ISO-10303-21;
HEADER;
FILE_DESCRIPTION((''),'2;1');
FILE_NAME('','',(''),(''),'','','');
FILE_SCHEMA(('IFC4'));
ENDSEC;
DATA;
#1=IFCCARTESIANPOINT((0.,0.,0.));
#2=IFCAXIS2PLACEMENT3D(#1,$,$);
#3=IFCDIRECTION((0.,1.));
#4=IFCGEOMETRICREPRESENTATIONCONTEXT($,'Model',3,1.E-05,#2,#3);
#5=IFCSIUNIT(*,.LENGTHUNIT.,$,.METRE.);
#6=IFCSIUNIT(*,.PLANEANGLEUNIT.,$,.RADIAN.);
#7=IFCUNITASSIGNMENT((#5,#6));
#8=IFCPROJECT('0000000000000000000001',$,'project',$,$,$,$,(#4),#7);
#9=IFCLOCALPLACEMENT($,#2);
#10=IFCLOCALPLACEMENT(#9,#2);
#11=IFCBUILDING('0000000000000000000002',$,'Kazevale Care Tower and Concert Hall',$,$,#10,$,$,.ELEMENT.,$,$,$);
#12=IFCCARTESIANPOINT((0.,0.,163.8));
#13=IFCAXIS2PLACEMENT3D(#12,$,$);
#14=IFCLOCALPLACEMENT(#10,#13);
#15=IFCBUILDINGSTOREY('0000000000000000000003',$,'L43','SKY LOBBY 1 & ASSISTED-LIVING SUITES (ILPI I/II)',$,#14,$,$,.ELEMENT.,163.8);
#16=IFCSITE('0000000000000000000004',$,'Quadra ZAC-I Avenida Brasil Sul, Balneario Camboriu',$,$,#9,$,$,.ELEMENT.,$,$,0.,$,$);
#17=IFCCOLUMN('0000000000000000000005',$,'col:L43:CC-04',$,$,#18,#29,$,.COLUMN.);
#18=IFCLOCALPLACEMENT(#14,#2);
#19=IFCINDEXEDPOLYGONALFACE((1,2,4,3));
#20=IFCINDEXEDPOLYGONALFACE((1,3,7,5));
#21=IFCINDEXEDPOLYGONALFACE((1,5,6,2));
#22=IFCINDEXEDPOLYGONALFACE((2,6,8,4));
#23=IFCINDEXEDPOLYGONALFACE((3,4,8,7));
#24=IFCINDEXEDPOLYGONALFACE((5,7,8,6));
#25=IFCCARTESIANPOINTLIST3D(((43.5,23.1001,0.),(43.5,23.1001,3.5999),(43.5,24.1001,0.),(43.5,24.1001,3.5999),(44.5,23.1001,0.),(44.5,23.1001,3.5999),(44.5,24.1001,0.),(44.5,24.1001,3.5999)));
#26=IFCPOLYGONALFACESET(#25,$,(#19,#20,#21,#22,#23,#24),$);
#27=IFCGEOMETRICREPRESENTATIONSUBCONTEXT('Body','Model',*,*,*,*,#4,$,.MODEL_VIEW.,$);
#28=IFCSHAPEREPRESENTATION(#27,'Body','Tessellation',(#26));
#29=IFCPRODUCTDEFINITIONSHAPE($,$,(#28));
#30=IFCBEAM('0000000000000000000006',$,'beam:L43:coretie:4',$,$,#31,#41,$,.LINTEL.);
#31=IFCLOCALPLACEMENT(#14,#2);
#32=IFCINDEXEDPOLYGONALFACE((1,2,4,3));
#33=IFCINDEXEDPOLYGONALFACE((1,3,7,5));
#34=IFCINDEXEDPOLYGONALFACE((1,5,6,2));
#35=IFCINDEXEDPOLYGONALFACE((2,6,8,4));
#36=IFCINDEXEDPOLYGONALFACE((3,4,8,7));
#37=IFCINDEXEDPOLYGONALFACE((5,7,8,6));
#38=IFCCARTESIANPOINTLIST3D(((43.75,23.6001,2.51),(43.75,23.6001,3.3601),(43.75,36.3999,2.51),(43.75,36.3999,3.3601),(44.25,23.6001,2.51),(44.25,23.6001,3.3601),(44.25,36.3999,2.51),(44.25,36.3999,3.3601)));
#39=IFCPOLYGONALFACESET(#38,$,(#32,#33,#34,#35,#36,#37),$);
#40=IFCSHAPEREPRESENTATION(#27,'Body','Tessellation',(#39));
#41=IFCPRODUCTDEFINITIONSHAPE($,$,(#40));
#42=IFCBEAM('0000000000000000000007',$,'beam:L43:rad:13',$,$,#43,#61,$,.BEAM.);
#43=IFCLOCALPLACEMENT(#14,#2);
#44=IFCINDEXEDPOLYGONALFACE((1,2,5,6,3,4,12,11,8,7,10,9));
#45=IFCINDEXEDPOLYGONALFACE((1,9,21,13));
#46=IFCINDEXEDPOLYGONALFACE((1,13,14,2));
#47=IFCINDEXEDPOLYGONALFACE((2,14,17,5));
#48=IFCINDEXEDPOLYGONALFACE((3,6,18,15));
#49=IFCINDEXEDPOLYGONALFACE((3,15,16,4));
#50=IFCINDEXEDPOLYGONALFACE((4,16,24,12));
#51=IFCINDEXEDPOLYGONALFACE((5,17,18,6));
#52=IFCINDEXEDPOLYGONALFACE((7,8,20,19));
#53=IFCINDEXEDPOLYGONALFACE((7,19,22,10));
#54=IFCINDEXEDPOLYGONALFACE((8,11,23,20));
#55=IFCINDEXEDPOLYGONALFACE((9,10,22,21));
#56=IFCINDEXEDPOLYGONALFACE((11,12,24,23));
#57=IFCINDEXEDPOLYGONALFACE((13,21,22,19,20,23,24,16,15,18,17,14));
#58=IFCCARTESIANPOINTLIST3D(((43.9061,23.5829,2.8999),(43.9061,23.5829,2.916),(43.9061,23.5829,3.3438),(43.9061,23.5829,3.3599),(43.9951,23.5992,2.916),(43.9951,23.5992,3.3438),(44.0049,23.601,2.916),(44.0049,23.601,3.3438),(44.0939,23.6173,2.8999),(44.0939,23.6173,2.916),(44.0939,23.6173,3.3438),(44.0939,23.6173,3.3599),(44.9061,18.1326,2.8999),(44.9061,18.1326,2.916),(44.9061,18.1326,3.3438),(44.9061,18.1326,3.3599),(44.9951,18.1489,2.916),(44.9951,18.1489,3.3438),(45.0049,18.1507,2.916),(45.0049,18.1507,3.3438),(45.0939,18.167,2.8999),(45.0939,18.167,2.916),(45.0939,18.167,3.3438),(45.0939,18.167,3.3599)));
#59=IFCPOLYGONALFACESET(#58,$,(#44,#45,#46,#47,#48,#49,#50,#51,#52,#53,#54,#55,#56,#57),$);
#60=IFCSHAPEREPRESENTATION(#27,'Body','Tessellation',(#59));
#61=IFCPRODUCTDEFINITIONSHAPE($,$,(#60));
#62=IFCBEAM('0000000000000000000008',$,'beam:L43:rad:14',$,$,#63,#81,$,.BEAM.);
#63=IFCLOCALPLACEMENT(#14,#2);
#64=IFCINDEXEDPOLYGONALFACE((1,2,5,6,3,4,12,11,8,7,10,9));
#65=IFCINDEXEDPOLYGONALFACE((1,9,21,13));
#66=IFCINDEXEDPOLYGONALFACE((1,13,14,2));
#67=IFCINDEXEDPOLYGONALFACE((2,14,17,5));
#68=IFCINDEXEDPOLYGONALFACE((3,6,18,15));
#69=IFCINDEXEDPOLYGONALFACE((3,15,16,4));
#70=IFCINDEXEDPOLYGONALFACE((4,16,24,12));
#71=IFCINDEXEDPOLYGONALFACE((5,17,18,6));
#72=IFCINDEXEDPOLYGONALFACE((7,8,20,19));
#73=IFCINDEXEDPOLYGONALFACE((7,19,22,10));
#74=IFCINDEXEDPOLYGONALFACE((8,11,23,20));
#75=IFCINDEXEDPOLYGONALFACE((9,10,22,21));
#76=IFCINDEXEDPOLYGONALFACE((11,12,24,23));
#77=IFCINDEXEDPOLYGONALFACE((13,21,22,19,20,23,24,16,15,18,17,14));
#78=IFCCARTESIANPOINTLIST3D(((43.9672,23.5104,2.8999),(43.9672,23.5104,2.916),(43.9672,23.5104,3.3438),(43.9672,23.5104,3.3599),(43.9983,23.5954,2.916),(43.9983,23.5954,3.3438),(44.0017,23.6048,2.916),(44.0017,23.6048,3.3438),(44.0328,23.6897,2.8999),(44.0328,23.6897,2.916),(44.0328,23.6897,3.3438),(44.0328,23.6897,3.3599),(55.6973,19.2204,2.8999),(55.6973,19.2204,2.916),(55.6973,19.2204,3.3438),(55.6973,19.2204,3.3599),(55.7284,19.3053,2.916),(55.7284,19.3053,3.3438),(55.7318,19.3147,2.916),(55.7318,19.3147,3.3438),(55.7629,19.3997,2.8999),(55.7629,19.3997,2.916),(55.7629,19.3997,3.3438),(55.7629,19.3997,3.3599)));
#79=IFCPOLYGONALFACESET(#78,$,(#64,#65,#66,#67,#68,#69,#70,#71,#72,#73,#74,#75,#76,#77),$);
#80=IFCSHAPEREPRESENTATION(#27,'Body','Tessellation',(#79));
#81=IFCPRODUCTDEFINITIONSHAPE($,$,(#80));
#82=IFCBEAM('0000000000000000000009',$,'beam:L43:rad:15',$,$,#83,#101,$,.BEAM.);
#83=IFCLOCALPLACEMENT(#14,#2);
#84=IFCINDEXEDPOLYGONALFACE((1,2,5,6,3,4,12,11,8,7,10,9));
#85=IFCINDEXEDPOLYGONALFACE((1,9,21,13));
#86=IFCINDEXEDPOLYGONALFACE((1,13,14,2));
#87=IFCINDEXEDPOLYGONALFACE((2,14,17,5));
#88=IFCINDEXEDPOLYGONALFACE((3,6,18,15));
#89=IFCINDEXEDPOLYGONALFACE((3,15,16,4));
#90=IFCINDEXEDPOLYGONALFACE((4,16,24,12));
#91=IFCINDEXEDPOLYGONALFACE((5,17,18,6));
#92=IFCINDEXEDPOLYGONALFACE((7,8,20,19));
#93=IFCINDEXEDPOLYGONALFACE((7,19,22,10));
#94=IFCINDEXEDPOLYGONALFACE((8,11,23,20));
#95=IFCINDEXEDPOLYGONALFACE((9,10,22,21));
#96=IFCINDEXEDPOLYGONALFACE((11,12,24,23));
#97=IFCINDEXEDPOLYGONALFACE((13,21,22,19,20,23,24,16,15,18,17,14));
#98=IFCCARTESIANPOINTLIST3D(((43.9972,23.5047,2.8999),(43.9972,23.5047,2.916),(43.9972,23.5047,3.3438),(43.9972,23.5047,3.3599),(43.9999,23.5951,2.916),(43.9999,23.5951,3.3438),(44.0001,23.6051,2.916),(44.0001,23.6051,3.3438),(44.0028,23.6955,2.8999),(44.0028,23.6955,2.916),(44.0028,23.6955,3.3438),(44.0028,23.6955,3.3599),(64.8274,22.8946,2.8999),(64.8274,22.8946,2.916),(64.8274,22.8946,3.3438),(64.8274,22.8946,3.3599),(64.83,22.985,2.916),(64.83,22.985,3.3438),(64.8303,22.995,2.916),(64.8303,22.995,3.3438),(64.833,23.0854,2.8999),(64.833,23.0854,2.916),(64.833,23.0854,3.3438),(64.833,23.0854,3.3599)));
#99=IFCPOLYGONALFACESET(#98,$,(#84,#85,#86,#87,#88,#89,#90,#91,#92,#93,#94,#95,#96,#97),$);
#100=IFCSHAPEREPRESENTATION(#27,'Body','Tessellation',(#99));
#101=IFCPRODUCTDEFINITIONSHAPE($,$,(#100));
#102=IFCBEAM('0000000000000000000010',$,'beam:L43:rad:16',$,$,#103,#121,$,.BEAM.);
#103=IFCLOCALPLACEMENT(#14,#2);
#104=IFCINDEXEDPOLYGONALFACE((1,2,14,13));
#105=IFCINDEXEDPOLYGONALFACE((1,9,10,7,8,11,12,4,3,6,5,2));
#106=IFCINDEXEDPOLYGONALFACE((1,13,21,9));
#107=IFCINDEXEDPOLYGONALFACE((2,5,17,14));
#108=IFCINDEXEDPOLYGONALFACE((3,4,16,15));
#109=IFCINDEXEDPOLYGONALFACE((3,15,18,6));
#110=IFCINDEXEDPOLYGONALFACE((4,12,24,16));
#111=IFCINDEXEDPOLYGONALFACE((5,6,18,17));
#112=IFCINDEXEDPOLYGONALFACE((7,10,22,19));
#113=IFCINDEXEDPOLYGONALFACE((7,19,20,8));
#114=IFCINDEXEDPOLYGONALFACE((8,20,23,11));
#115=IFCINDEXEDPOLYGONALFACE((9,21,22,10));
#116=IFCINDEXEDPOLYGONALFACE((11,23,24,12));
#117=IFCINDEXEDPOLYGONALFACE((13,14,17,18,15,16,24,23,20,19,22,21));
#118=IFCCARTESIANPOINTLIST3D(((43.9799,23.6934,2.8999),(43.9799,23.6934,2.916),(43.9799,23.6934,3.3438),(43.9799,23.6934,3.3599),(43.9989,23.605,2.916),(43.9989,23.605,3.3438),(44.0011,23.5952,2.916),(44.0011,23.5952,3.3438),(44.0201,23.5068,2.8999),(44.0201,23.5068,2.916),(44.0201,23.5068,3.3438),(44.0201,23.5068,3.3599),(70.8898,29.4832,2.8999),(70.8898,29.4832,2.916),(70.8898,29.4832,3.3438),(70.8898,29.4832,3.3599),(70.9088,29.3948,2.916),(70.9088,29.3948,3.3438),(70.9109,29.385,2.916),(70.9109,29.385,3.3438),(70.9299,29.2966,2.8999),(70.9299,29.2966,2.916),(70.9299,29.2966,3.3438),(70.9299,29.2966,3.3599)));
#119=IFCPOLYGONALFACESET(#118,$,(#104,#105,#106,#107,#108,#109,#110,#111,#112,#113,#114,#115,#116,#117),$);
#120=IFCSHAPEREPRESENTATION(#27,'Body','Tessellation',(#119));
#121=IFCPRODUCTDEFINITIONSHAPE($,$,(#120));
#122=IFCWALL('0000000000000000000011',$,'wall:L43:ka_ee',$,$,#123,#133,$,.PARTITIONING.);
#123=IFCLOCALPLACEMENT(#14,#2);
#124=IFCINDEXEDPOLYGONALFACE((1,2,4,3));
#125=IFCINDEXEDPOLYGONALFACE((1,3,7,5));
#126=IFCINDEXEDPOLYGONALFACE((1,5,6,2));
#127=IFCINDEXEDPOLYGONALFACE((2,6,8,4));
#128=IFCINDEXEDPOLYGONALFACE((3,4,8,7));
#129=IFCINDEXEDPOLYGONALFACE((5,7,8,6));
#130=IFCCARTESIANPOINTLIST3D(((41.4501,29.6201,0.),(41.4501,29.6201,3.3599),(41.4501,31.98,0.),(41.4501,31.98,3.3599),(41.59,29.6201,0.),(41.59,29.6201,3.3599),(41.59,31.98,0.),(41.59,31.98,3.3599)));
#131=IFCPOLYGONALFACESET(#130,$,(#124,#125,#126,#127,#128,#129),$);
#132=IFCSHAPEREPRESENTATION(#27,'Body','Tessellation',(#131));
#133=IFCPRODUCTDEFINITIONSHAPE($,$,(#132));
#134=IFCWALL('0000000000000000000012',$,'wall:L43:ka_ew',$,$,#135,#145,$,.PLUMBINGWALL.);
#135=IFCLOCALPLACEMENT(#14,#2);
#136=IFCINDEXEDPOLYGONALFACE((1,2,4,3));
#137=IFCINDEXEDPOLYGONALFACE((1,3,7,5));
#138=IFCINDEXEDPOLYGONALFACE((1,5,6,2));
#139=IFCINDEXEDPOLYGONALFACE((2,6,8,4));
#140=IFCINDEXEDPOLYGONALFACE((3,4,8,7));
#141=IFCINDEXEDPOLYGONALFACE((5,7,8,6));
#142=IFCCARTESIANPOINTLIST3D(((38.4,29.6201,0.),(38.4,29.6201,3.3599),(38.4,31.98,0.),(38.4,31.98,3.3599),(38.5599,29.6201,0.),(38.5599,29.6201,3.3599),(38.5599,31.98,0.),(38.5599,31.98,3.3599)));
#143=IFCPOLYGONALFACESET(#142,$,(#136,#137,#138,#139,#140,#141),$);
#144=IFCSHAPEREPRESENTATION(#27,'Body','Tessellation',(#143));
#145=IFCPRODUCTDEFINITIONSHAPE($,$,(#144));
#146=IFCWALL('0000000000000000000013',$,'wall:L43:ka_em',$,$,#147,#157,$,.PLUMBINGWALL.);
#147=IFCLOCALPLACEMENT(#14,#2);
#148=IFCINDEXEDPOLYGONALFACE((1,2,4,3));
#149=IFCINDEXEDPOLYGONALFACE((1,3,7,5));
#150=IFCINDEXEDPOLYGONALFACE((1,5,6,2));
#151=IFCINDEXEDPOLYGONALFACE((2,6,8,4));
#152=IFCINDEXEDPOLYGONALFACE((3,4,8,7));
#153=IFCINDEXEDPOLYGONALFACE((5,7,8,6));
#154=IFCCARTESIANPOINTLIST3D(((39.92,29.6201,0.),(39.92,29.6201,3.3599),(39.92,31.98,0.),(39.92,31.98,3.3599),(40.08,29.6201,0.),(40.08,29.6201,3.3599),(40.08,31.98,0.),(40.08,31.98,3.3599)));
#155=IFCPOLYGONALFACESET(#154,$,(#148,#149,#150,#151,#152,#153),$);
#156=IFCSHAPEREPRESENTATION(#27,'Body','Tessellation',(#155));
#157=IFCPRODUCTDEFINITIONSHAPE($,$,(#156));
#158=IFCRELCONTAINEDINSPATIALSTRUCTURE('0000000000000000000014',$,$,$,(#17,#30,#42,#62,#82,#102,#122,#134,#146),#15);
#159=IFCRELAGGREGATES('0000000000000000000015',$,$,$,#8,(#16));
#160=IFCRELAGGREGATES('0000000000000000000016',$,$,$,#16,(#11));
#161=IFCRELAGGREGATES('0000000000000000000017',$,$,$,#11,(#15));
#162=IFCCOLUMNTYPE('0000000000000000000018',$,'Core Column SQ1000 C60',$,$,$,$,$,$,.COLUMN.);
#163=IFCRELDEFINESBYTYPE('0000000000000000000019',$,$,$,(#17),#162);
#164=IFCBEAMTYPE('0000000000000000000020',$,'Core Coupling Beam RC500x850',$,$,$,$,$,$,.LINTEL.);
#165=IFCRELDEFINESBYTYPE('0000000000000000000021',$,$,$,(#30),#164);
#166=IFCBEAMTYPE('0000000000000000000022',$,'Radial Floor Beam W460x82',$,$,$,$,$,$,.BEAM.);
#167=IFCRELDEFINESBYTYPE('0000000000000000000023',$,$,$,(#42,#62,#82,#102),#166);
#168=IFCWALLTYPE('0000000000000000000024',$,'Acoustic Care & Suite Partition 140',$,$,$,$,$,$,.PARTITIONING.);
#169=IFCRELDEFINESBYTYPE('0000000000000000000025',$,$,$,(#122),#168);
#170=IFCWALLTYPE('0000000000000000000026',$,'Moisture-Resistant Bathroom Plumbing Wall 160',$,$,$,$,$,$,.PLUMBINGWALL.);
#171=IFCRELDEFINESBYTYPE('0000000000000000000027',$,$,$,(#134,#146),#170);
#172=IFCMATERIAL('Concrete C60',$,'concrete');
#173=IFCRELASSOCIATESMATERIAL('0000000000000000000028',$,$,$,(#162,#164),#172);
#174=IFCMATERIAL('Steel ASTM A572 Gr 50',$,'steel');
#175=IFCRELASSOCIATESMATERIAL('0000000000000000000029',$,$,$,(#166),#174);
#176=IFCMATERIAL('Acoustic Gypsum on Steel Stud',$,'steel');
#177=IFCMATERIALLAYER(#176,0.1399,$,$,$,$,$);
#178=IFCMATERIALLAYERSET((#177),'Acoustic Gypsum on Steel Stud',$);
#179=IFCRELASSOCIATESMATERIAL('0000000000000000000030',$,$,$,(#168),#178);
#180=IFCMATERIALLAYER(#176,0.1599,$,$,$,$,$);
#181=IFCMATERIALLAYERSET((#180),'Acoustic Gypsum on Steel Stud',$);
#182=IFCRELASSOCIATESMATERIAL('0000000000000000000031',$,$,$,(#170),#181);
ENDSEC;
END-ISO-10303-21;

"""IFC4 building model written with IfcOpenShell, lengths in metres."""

from ifc_helpers import new_model, si_unit, direction, frame, frame_2d, origin, origin_2d, place, context, subcontext, project, spatial, rectangle, i_section, extrude, material, layer, layer_set, material_profile, profile_set, type_object, element, save


model = new_model("IFC4")

# Units and contexts
model_context = context("Model", 3, precision=1e-05, world=origin(), true_north=direction((0.0, 1.0)))
body_context = subcontext(model_context, "Body", "Model", "MODEL_VIEW")
ifc_project = project(units=[si_unit("LENGTHUNIT", "METRE"), si_unit("PLANEANGLEUNIT", "RADIAN")], contexts=[model_context])

# Site, building, storey
site_placement = place(None, origin())
site = spatial("IfcSite", under=ifc_project, at=site_placement, Name="Quadra ZAC-I Avenida Brasil Sul, Balneario Camboriu", CompositionType="ELEMENT", RefElevation=0.0)
building_placement = place(site_placement, origin())
building = spatial("IfcBuilding", under=site, at=building_placement, Name="Kazevale Care Tower and Concert Hall", CompositionType="ELEMENT")
storey_placement = place(building_placement, frame((0.0, 0.0, 163.8)))
storey = spatial("IfcBuildingStorey", under=building, at=storey_placement, Name="L43", Description="SKY LOBBY 1 & ASSISTED-LIVING SUITES (ILPI I/II)", CompositionType="ELEMENT", Elevation=163.8)

# Column
ifc_material_1 = material(Name="Concrete C60", Category="concrete")
ifc_material_profile_1 = material_profile(ifc_material_1, rectangle(XDim=1.0, YDim=1.0, at=origin_2d()), Name="RC-SQ1000")
ifc_profile_set_1 = profile_set([ifc_material_profile_1], Name="Concrete C60")
column_type = type_object("IfcColumnType", Name="Core Column SQ1000 C60", PredefinedType="COLUMN", material=ifc_profile_set_1)
column_placement = place(storey_placement, frame((44.0, 23.6001, 0.0), z_axis=(0.0, 0.0, 1.0), x_axis=(1.0, 0.0, 0.0)))
element("IfcColumn", 1, at=column_placement, inside=storey, type_object=column_type, Name="col:L43:CC-04", PredefinedType="COLUMN", context=body_context, shape_type="SweptSolid", body=[
    extrude(rectangle(XDim=1.0, YDim=1.0, at=origin_2d()), origin(), (0.0, 0.0, 1.0), 3.5999),
])

# Beams
ifc_material_profile_2 = material_profile(ifc_material_1, rectangle(XDim=0.5, YDim=0.8501, at=origin_2d()), Name="RC-B500x850")
ifc_profile_set_2 = profile_set([ifc_material_profile_2], Name="Concrete C60")
beam_type_1 = type_object("IfcBeamType", Name="Core Coupling Beam RC500x850", PredefinedType="LINTEL", material=ifc_profile_set_2)
beam_1_placement = place(storey_placement, frame((44.0, 23.6001, 2.9351), z_axis=(0.0, 1.0, 0.0), x_axis=(-1.0, 0.0, 0.0)))
element("IfcBeam", 2, at=beam_1_placement, inside=storey, type_object=beam_type_1, Name="beam:L43:coretie:4", PredefinedType="LINTEL", context=body_context, shape_type="SweptSolid", body=[
    extrude(rectangle(XDim=0.5, YDim=0.8501, at=origin_2d()), origin(), (0.0, 0.0, 1.0), 12.7998),
])
ifc_material_2 = material(Name="Steel ASTM A572 Gr 50", Category="steel")
ifc_material_profile_3 = material_profile(ifc_material_2, i_section(OverallWidth=0.1909, OverallDepth=0.46, WebThickness=0.01, FlangeThickness=0.0161, at=origin_2d()), Name="W460x82")
ifc_profile_set_3 = profile_set([ifc_material_profile_3], Name="Steel ASTM A572 Gr 50")
beam_type_2 = type_object("IfcBeamType", Name="Radial Floor Beam W460x82", PredefinedType="BEAM", material=ifc_profile_set_3)
beam_2_placement = place(storey_placement, frame((44.0, 23.6001, 3.1299), z_axis=(0.180467, -0.983581, 0.0), x_axis=(0.983581, 0.180467, 0.0)))
element("IfcBeam", 3, at=beam_2_placement, inside=storey, type_object=beam_type_2, Name="beam:L43:rad:13", PredefinedType="BEAM", context=body_context, shape_type="SweptSolid", body=[
    extrude(i_section(OverallWidth=0.1909, OverallDepth=0.46, WebThickness=0.01, FlangeThickness=0.0161, at=origin_2d()), origin(), (0.0, 0.0, 1.0), 5.5413),
])
beam_3_placement = place(storey_placement, frame((44.0, 23.6001, 3.1299), z_axis=(0.939159, -0.343481, 0.0), x_axis=(0.343481, 0.939159, 0.0)))
element("IfcBeam", 4, at=beam_3_placement, inside=storey, type_object=beam_type_2, Name="beam:L43:rad:14", PredefinedType="BEAM", context=body_context, shape_type="SweptSolid", body=[
    extrude(i_section(OverallWidth=0.1909, OverallDepth=0.46, WebThickness=0.01, FlangeThickness=0.0161, at=origin_2d()), origin(), (0.0, 0.0, 1.0), 12.49),
])
beam_4_placement = place(storey_placement, frame((44.0, 23.6001, 3.1299), z_axis=(0.999571, -0.029277, 0.0), x_axis=(0.029277, 0.999571, 0.0)))
element("IfcBeam", 5, at=beam_4_placement, inside=storey, type_object=beam_type_2, Name="beam:L43:rad:15", PredefinedType="BEAM", context=body_context, shape_type="SweptSolid", body=[
    extrude(i_section(OverallWidth=0.1909, OverallDepth=0.46, WebThickness=0.01, FlangeThickness=0.0161, at=origin_2d()), origin(), (0.0, 0.0, 1.0), 20.8391),
])
beam_5_placement = place(storey_placement, frame((44.0, 23.6001, 3.1299), z_axis=(0.977628, 0.210341, 0.0), x_axis=(-0.210341, 0.977628, 0.0)))
element("IfcBeam", 6, at=beam_5_placement, inside=storey, type_object=beam_type_2, Name="beam:L43:rad:16", PredefinedType="BEAM", context=body_context, shape_type="SweptSolid", body=[
    extrude(i_section(OverallWidth=0.1909, OverallDepth=0.46, WebThickness=0.01, FlangeThickness=0.0161, at=origin_2d()), origin(), (0.0, 0.0, 1.0), 27.5256),
])

# Wall
ifc_material_3 = material(Name="Acoustic Gypsum on Steel Stud", Category="steel")
ifc_layer_1 = layer(ifc_material_3, 0.1399)
ifc_layer_set_1 = layer_set([ifc_layer_1], Name="Acoustic Gypsum on Steel Stud")
wall_type_1 = type_object("IfcWallType", Name="Acoustic Care & Suite Partition 140", PredefinedType="PARTITIONING", material=ifc_layer_set_1)
wall_1_placement = place(storey_placement, frame((41.52, 29.6201, 0.0), z_axis=(0.0, 0.0, 1.0), x_axis=(0.0, 1.0, 0.0)))
element("IfcWall", 7, at=wall_1_placement, inside=storey, type_object=wall_type_1, Name="wall:L43:ka_ee", PredefinedType="PARTITIONING", context=body_context, shape_type="SweptSolid", body=[
    extrude(rectangle(XDim=2.3599, YDim=0.1399, at=frame_2d((1.1799, 0.0))), origin(), (0.0, 0.0, 1.0), 3.3599),
])

# Walls
ifc_layer_2 = layer(ifc_material_3, 0.1599)
ifc_layer_set_2 = layer_set([ifc_layer_2], Name="Acoustic Gypsum on Steel Stud")
wall_type_2 = type_object("IfcWallType", Name="Moisture-Resistant Bathroom Plumbing Wall 160", PredefinedType="PLUMBINGWALL", material=ifc_layer_set_2)
for number, where, z_axis, x_axis, name in (
    (8, (38.48, 29.6201, 0.0), (0.0, 0.0, 1.0), (0.0, 1.0, 0.0), "wall:L43:ka_ew"),
    (9, (40.0, 29.6201, 0.0), (0.0, 0.0, 1.0), (0.0, 1.0, 0.0), "wall:L43:ka_em"),
):
    element("IfcWall", number, at=place(storey_placement, frame(where, z_axis=z_axis, x_axis=x_axis)), inside=storey, type_object=wall_type_2, Name=name, PredefinedType="PLUMBINGWALL", context=body_context, shape_type="SweptSolid", body=[
        extrude(rectangle(XDim=2.3599, YDim=0.1599, at=frame_2d((1.1799, 0.0))), origin(), (0.0, 0.0, 1.0), 3.3599),
    ])

save(model, "model.ifc")
